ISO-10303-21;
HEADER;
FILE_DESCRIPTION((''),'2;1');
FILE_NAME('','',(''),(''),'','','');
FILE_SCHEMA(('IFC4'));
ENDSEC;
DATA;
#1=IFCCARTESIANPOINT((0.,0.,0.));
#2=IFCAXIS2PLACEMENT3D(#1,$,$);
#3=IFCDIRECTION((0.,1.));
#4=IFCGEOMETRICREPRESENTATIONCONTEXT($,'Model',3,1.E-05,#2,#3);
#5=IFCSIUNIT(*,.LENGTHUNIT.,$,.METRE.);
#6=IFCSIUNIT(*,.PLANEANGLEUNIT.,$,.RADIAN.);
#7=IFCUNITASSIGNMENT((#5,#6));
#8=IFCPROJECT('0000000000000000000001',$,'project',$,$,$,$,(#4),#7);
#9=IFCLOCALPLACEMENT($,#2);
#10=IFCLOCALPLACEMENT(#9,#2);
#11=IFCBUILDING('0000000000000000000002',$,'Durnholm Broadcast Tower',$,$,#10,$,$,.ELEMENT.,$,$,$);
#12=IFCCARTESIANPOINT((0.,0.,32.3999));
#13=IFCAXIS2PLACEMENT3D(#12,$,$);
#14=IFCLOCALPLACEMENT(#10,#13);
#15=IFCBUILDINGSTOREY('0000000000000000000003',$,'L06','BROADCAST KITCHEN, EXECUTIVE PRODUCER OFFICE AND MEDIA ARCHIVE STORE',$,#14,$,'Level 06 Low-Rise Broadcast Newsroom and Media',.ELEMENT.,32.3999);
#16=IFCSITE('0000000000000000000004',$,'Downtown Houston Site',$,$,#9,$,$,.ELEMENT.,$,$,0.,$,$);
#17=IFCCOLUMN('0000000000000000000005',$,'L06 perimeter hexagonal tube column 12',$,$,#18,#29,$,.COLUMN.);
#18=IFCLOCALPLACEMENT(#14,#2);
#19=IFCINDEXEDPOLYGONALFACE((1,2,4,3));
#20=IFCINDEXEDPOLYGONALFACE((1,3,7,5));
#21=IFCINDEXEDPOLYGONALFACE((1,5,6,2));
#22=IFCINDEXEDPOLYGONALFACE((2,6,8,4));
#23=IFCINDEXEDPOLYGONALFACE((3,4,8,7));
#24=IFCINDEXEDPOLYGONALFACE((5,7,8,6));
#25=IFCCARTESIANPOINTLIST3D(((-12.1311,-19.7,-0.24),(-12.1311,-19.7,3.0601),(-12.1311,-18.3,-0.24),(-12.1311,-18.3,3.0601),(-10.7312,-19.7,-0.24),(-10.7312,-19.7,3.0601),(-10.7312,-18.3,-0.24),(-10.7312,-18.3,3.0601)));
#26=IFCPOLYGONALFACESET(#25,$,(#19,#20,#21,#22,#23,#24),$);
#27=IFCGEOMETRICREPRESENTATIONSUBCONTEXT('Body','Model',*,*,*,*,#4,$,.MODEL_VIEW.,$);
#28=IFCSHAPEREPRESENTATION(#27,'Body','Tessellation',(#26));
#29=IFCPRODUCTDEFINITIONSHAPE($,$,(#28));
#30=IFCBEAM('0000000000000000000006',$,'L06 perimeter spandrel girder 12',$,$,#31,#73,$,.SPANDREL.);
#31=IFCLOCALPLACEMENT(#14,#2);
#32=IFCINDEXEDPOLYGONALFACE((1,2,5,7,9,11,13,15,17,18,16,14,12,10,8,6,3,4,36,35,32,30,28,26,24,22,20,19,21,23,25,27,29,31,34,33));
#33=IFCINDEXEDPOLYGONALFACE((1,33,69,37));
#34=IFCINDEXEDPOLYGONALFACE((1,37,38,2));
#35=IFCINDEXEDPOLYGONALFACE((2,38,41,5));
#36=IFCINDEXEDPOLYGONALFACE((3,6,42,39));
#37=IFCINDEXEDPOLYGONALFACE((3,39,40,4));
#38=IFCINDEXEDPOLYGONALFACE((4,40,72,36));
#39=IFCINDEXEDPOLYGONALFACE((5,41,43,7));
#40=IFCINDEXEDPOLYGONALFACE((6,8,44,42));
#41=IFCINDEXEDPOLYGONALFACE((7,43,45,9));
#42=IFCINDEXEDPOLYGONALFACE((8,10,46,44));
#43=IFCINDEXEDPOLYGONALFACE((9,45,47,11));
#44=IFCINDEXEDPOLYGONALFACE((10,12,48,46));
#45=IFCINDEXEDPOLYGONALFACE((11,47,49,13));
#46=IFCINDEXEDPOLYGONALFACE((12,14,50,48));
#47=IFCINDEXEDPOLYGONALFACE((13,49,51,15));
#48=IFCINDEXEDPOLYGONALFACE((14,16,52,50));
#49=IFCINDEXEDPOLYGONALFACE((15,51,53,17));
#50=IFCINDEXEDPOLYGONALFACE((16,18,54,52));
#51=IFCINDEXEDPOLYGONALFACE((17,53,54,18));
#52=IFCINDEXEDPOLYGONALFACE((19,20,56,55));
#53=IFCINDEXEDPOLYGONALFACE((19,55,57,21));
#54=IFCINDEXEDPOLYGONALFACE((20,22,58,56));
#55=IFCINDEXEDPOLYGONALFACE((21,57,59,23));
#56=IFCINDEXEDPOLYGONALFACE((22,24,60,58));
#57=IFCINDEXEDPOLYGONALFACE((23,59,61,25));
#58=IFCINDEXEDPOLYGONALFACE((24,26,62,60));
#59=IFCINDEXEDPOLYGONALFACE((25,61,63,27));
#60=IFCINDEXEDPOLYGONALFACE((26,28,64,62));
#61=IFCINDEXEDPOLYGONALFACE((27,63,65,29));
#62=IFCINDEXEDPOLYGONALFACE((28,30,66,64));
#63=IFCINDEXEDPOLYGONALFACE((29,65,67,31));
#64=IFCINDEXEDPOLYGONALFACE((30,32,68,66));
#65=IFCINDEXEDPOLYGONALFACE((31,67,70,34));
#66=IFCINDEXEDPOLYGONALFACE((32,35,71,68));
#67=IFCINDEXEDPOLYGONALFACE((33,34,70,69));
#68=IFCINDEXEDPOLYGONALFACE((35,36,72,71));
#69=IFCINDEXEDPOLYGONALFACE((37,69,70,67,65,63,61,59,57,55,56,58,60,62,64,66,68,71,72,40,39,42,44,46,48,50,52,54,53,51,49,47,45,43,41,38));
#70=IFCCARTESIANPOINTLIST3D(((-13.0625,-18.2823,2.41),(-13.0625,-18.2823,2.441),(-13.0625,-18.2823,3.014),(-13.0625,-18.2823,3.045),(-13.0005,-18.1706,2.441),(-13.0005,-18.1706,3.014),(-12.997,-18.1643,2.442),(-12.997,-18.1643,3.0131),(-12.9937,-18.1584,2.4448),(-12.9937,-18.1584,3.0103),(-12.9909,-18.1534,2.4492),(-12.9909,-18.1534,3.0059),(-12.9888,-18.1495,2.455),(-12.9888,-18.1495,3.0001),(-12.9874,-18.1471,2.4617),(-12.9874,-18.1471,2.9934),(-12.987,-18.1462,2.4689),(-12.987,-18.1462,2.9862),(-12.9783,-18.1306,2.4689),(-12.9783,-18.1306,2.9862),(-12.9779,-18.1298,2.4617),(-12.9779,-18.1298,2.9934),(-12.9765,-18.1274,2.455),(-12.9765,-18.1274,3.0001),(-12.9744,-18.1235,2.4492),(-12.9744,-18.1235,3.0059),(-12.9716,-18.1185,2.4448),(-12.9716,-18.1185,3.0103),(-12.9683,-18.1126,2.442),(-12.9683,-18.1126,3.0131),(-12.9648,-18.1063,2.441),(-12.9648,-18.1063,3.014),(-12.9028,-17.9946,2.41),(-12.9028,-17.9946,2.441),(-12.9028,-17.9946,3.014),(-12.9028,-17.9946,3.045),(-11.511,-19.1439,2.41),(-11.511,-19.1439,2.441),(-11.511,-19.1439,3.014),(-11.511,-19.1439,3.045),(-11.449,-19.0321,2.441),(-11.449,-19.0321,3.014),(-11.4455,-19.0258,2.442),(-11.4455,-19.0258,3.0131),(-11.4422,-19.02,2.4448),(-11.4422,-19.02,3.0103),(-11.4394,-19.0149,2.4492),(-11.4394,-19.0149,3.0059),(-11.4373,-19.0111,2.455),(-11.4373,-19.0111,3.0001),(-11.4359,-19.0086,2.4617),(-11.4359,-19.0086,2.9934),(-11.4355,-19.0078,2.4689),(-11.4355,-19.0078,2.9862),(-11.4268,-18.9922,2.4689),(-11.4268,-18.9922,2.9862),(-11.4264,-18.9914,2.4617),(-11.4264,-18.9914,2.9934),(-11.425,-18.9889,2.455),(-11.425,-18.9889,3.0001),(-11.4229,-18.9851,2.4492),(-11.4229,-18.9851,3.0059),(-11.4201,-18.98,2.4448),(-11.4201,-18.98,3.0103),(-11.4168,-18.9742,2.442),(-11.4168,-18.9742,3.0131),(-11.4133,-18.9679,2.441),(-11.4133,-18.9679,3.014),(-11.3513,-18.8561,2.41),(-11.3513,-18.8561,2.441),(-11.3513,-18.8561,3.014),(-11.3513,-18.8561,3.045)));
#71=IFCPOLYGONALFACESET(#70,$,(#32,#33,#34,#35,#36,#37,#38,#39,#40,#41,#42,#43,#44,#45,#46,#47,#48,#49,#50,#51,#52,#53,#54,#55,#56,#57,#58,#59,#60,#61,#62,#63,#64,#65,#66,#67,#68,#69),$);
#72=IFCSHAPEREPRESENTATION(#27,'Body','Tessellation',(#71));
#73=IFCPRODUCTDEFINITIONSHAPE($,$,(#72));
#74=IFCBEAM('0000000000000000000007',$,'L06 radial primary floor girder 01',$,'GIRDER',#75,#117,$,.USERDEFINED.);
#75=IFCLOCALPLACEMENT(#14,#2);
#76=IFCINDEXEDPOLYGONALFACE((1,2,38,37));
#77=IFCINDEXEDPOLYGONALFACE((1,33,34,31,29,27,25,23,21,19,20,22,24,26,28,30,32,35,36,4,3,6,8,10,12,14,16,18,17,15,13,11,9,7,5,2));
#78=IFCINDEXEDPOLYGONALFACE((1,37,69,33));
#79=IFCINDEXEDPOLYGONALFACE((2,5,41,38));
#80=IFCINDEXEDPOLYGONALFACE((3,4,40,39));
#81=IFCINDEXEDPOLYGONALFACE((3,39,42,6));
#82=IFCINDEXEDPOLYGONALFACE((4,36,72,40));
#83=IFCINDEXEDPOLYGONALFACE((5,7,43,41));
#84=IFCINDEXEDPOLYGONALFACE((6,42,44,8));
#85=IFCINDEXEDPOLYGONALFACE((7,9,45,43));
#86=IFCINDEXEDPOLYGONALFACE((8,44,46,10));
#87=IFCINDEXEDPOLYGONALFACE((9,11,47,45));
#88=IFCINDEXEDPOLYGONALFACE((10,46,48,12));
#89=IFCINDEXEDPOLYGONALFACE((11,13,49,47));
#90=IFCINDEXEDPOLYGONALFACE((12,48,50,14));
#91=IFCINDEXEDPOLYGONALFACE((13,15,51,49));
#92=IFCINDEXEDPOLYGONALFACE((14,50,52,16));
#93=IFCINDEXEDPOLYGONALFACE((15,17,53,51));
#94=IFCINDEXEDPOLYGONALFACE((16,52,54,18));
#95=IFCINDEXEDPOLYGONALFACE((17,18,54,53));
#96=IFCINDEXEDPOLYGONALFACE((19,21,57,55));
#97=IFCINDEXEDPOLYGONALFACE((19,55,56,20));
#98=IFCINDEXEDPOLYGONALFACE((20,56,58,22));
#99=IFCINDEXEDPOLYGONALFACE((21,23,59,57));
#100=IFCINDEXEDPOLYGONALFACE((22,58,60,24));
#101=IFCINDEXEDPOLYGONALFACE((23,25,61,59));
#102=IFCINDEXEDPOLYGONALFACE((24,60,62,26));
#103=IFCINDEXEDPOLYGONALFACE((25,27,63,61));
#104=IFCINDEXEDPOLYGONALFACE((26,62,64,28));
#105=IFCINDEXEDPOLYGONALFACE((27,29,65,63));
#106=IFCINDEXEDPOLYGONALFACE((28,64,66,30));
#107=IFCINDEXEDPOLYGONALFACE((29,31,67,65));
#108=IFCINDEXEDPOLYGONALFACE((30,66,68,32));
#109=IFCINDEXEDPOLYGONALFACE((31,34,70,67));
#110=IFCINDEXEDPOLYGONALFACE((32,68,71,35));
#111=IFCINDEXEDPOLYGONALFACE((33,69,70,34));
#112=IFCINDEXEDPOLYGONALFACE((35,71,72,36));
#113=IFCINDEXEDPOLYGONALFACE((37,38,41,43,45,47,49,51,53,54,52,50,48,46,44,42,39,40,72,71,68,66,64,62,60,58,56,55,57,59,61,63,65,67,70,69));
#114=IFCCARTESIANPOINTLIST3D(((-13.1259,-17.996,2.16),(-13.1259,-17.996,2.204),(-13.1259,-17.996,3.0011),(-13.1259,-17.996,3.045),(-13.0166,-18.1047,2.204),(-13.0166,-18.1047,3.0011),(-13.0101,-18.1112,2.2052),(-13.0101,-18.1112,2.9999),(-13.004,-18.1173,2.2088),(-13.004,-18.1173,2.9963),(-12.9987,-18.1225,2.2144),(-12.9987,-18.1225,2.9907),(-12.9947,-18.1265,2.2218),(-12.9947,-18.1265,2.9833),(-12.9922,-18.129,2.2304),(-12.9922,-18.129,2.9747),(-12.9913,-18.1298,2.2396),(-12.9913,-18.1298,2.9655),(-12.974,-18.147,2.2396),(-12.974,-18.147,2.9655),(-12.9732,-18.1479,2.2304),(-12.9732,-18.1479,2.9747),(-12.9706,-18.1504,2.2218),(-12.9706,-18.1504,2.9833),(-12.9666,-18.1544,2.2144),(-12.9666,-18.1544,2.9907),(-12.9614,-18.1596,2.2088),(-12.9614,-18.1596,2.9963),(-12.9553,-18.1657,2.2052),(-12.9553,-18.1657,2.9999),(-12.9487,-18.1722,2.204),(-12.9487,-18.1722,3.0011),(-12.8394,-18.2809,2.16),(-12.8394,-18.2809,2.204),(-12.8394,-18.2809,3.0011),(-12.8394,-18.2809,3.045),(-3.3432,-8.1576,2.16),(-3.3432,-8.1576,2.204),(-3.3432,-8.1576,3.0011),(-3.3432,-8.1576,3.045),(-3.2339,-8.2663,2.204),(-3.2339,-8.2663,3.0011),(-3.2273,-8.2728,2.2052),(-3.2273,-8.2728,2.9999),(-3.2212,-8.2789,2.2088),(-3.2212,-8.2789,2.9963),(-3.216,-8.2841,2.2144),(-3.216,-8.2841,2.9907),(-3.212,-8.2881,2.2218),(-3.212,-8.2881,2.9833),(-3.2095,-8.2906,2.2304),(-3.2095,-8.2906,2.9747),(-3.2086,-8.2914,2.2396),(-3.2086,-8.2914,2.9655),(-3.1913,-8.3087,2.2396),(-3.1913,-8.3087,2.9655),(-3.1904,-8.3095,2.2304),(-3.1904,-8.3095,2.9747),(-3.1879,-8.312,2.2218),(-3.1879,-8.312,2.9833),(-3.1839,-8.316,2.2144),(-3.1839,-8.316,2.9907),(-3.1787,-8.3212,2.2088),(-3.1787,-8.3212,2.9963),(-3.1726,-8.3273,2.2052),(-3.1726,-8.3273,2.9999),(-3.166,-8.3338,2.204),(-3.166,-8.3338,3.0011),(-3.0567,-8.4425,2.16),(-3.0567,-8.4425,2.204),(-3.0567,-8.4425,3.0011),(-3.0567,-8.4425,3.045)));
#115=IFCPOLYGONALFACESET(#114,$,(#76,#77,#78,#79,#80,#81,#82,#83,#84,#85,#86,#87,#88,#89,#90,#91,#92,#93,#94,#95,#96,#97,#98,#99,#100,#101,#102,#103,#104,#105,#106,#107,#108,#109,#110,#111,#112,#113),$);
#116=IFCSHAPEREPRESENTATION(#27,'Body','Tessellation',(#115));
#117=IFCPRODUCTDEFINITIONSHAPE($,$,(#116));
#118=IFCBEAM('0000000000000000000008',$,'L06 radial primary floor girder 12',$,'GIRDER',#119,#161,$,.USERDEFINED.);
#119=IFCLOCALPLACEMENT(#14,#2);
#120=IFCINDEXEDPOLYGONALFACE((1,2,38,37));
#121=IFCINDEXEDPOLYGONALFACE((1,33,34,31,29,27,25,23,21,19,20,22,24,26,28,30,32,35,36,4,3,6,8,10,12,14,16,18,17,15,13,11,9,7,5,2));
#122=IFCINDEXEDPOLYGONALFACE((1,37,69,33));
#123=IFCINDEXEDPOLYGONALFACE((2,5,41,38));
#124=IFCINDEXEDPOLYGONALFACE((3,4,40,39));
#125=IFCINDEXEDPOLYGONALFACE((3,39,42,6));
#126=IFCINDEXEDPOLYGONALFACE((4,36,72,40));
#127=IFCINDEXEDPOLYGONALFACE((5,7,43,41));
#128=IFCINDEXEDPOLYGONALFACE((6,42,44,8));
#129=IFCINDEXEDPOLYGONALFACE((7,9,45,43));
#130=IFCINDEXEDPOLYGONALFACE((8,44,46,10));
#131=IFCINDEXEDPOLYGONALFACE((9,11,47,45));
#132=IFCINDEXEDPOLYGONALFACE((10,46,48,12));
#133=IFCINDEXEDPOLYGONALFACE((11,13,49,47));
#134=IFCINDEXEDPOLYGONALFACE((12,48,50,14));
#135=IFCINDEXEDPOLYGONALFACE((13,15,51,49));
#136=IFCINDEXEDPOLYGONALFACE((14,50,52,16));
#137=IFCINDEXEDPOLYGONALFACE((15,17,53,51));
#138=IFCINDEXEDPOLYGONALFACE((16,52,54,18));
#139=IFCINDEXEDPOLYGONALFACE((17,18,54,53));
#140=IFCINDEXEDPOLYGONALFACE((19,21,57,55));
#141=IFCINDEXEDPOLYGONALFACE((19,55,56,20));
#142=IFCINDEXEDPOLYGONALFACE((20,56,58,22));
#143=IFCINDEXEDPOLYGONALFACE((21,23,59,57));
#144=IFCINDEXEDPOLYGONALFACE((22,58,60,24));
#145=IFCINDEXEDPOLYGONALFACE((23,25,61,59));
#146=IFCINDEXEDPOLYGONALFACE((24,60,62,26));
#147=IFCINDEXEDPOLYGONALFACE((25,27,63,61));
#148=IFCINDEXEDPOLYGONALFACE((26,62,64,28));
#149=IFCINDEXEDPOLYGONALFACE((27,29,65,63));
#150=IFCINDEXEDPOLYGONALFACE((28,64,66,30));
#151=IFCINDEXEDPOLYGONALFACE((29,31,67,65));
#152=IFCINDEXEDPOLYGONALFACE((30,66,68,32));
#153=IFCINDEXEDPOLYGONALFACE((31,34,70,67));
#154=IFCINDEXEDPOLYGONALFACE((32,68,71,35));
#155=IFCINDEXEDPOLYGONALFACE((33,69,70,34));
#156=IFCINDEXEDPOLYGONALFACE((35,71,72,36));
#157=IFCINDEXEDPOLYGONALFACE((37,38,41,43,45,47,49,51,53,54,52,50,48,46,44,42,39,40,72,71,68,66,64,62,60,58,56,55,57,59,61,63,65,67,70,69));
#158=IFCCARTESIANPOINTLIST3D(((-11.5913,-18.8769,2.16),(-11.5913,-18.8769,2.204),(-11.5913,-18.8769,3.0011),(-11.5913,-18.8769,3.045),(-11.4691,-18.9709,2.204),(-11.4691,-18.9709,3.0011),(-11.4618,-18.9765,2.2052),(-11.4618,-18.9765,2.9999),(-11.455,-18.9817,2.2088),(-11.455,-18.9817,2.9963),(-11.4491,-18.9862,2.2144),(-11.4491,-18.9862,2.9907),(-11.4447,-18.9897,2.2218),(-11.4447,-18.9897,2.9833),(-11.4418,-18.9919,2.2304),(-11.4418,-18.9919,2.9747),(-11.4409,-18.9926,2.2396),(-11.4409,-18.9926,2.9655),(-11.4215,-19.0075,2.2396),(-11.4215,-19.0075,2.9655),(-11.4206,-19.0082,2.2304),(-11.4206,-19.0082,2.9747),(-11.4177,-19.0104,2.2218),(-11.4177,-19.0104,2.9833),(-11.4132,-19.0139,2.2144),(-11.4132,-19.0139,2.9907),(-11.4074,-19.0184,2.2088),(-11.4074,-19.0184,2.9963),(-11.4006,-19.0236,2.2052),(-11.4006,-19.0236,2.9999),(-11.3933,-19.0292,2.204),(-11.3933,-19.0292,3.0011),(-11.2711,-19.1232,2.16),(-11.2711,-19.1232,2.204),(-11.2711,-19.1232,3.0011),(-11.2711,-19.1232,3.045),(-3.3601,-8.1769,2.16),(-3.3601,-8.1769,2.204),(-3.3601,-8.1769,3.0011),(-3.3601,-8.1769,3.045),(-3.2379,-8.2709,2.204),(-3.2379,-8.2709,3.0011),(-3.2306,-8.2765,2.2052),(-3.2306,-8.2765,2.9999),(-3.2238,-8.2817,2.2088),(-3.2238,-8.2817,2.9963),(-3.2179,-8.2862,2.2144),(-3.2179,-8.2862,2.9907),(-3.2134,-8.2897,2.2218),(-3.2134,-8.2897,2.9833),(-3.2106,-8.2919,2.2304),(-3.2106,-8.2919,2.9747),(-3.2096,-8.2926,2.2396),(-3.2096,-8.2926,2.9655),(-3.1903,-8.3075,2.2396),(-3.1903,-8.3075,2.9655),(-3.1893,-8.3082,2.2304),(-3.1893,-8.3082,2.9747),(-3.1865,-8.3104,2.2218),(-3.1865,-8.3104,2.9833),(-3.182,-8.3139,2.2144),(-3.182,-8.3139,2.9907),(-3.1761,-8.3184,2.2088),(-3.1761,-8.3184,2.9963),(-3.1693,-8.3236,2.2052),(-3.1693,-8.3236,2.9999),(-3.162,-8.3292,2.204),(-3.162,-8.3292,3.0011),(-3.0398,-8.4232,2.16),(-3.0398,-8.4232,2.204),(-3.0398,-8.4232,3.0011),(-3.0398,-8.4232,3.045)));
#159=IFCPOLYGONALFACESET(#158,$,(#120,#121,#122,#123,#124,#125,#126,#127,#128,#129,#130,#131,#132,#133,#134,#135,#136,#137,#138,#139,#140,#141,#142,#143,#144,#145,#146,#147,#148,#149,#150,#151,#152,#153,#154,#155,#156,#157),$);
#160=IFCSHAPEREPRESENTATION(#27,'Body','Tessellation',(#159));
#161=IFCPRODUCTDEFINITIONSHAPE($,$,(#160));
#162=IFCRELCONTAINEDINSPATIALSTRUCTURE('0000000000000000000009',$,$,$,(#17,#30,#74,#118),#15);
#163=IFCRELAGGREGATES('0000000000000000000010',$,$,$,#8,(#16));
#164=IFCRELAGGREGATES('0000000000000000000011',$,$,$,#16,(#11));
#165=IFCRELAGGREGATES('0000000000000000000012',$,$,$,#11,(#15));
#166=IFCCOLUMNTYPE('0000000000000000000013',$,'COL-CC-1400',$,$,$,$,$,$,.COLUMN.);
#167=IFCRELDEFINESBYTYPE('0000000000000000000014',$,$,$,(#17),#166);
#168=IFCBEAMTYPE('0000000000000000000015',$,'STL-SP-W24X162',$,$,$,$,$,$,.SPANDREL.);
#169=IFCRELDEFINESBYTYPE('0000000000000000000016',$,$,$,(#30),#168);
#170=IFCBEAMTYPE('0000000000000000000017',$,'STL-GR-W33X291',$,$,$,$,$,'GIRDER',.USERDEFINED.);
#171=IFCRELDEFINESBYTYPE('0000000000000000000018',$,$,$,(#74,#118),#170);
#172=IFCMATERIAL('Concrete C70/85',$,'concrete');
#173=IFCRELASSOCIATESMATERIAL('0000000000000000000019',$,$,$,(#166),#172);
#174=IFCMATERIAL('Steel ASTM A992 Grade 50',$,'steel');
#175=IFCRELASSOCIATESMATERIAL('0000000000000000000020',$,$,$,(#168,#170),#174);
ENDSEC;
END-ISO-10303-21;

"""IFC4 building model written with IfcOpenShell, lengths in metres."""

from ifc_helpers import new_model, si_unit, direction, frame, origin, origin_2d, place, context, subcontext, project, spatial, rectangle, i_section, extrude, source, transform, mapped, material, material_profile, profile_set, type_object, type_shapes, element, save


model = new_model("IFC4")

# Units and contexts
model_context = context("Model", 3, precision=1e-05, world=origin(), true_north=direction((0.0, 1.0)))
body_context = subcontext(model_context, "Body", "Model", "MODEL_VIEW")
ifc_project = project(units=[si_unit("LENGTHUNIT", "METRE"), si_unit("PLANEANGLEUNIT", "RADIAN")], contexts=[model_context])

# Site, building, storey
site_placement = place(None, origin())
site = spatial("IfcSite", under=ifc_project, at=site_placement, Name="Downtown Houston Site", CompositionType="ELEMENT", RefElevation=0.0)
building_placement = place(site_placement, origin())
building = spatial("IfcBuilding", under=site, at=building_placement, Name="Durnholm Broadcast Tower", CompositionType="ELEMENT")
storey_placement = place(building_placement, frame((0.0, 0.0, 32.3999)))
storey = spatial("IfcBuildingStorey", under=building, at=storey_placement, Name="L06", Description="BROADCAST KITCHEN, EXECUTIVE PRODUCER OFFICE AND MEDIA ARCHIVE STORE", LongName="Level 06 Low-Rise Broadcast Newsroom and Media", CompositionType="ELEMENT", Elevation=32.3999)

# Column
ifc_material_1 = material(Name="Concrete C70/85", Category="concrete")
ifc_material_profile_1 = material_profile(ifc_material_1, rectangle(XDim=1.3999, YDim=1.3999, at=origin_2d()), Name="RC1400X1400")
ifc_profile_set_1 = profile_set([ifc_material_profile_1], Name="Concrete C70/85")
column_type = type_object("IfcColumnType", Name="COL-CC-1400", PredefinedType="COLUMN", material=ifc_profile_set_1)
shared_shape_1 = source(origin(), body_context, "Body", "SweptSolid", [
    extrude(rectangle(XDim=1.3999, YDim=1.3999, at=origin_2d()), origin(), (0.0, 0.0, 1.0), 3.3),
])
type_shapes(column_type, [shared_shape_1])
column_placement = place(storey_placement, frame((-11.4312, -19.0, -0.24), z_axis=(0.0, 0.0, 1.0), x_axis=(1.0, 0.0, 0.0)))
element("IfcColumn", 1, at=column_placement, inside=storey, type_object=column_type, Name="L06 perimeter hexagonal tube column 12", PredefinedType="COLUMN", context=body_context, shape_type="MappedRepresentation", body=[
    mapped(shared_shape_1, transform((0.0, 0.0, 0.0), x_axis=(1.0, 0.0, 0.0), y_axis=(0.0, 1.0, 0.0), z_axis=(0.0, 0.0, 1.0), scale=1.0)),
])

# Beams
ifc_material_2 = material(Name="Steel ASTM A992 Grade 50", Category="steel")
ifc_material_profile_2 = material_profile(ifc_material_2, i_section(OverallWidth=0.3291, OverallDepth=0.635, WebThickness=0.0178, FlangeThickness=0.031, FilletRadius=0.0278, at=origin_2d()), Name="W24X162")
ifc_profile_set_2 = profile_set([ifc_material_profile_2], Name="Steel ASTM A992 Grade 50")
beam_type_1 = type_object("IfcBeamType", Name="STL-SP-W24X162", PredefinedType="SPANDREL", material=ifc_profile_set_2)
shared_shape_2 = source(origin(), body_context, "Body", "SweptSolid", [
    extrude(i_section(OverallWidth=0.3291, OverallDepth=0.635, WebThickness=0.0178, FlangeThickness=0.031, FilletRadius=0.0278, at=origin_2d()), origin(), (0.0, 0.0, 1.0), 1.7747),
])
type_shapes(beam_type_1, [shared_shape_2])
beam_1_placement = place(storey_placement, frame((-11.4312, -19.0, 2.7275), z_axis=(-0.874248, 0.485479, 0.0), x_axis=(-0.485479, -0.874248, 0.0)))
element("IfcBeam", 2, at=beam_1_placement, inside=storey, type_object=beam_type_1, Name="L06 perimeter spandrel girder 12", PredefinedType="SPANDREL", context=body_context, shape_type="MappedRepresentation", body=[
    mapped(shared_shape_2, transform((0.0, 0.0, 0.0), x_axis=(1.0, 0.0, 0.0), y_axis=(0.0, 1.0, 0.0), z_axis=(0.0, 0.0, 1.0), scale=1.0)),
])
ifc_material_profile_3 = material_profile(ifc_material_2, i_section(OverallWidth=0.4041, OverallDepth=0.885, WebThickness=0.0244, FlangeThickness=0.0439, FilletRadius=0.0356, at=origin_2d()), Name="W33X291")
ifc_profile_set_3 = profile_set([ifc_material_profile_3], Name="Steel ASTM A992 Grade 50")
beam_type_2 = type_object("IfcBeamType", Name="STL-GR-W33X291", ElementType="GIRDER", PredefinedType="USERDEFINED", material=ifc_profile_set_3)
shared_shape_3 = source(origin(), body_context, "Body", "SweptSolid", [
    extrude(i_section(OverallWidth=0.4041, OverallDepth=0.885, WebThickness=0.0244, FlangeThickness=0.0439, FilletRadius=0.0356, at=origin_2d()), origin(), (0.0, 0.0, 1.0), 13.8743),
])
beam_2_placement = place(storey_placement, frame((-3.2, -8.3, 2.6025), z_axis=(-0.705098, -0.70911, 0.0), x_axis=(0.70911, -0.705098, 0.0)))
element("IfcBeam", 3, at=beam_2_placement, inside=storey, type_object=beam_type_2, Name="L06 radial primary floor girder 01", ObjectType="GIRDER", PredefinedType="USERDEFINED", context=body_context, shape_type="MappedRepresentation", body=[
    mapped(shared_shape_3, transform((0.0, 0.0, 0.0), x_axis=(1.0, 0.0, 0.0), y_axis=(0.0, 1.0, 0.0), z_axis=(0.0, 0.0, 1.0), scale=1.0)),
])
shared_shape_4 = source(origin(), body_context, "Body", "SweptSolid", [
    extrude(i_section(OverallWidth=0.4041, OverallDepth=0.885, WebThickness=0.0244, FlangeThickness=0.0439, FilletRadius=0.0356, at=origin_2d()), origin(), (0.0, 0.0, 1.0), 13.4998),
])
type_shapes(beam_type_2, [shared_shape_3, shared_shape_4])
beam_3_placement = place(storey_placement, frame((-3.2, -8.3, 2.6025), z_axis=(-0.609733, -0.792607, 0.0), x_axis=(0.792607, -0.609733, 0.0)))
element("IfcBeam", 4, at=beam_3_placement, inside=storey, type_object=beam_type_2, Name="L06 radial primary floor girder 12", ObjectType="GIRDER", PredefinedType="USERDEFINED", context=body_context, shape_type="MappedRepresentation", body=[
    mapped(shared_shape_4, transform((0.0, 0.0, 0.0), x_axis=(1.0, 0.0, 0.0), y_axis=(0.0, 1.0, 0.0), z_axis=(0.0, 0.0, 1.0), scale=1.0)),
])

save(model, "model.ifc")
